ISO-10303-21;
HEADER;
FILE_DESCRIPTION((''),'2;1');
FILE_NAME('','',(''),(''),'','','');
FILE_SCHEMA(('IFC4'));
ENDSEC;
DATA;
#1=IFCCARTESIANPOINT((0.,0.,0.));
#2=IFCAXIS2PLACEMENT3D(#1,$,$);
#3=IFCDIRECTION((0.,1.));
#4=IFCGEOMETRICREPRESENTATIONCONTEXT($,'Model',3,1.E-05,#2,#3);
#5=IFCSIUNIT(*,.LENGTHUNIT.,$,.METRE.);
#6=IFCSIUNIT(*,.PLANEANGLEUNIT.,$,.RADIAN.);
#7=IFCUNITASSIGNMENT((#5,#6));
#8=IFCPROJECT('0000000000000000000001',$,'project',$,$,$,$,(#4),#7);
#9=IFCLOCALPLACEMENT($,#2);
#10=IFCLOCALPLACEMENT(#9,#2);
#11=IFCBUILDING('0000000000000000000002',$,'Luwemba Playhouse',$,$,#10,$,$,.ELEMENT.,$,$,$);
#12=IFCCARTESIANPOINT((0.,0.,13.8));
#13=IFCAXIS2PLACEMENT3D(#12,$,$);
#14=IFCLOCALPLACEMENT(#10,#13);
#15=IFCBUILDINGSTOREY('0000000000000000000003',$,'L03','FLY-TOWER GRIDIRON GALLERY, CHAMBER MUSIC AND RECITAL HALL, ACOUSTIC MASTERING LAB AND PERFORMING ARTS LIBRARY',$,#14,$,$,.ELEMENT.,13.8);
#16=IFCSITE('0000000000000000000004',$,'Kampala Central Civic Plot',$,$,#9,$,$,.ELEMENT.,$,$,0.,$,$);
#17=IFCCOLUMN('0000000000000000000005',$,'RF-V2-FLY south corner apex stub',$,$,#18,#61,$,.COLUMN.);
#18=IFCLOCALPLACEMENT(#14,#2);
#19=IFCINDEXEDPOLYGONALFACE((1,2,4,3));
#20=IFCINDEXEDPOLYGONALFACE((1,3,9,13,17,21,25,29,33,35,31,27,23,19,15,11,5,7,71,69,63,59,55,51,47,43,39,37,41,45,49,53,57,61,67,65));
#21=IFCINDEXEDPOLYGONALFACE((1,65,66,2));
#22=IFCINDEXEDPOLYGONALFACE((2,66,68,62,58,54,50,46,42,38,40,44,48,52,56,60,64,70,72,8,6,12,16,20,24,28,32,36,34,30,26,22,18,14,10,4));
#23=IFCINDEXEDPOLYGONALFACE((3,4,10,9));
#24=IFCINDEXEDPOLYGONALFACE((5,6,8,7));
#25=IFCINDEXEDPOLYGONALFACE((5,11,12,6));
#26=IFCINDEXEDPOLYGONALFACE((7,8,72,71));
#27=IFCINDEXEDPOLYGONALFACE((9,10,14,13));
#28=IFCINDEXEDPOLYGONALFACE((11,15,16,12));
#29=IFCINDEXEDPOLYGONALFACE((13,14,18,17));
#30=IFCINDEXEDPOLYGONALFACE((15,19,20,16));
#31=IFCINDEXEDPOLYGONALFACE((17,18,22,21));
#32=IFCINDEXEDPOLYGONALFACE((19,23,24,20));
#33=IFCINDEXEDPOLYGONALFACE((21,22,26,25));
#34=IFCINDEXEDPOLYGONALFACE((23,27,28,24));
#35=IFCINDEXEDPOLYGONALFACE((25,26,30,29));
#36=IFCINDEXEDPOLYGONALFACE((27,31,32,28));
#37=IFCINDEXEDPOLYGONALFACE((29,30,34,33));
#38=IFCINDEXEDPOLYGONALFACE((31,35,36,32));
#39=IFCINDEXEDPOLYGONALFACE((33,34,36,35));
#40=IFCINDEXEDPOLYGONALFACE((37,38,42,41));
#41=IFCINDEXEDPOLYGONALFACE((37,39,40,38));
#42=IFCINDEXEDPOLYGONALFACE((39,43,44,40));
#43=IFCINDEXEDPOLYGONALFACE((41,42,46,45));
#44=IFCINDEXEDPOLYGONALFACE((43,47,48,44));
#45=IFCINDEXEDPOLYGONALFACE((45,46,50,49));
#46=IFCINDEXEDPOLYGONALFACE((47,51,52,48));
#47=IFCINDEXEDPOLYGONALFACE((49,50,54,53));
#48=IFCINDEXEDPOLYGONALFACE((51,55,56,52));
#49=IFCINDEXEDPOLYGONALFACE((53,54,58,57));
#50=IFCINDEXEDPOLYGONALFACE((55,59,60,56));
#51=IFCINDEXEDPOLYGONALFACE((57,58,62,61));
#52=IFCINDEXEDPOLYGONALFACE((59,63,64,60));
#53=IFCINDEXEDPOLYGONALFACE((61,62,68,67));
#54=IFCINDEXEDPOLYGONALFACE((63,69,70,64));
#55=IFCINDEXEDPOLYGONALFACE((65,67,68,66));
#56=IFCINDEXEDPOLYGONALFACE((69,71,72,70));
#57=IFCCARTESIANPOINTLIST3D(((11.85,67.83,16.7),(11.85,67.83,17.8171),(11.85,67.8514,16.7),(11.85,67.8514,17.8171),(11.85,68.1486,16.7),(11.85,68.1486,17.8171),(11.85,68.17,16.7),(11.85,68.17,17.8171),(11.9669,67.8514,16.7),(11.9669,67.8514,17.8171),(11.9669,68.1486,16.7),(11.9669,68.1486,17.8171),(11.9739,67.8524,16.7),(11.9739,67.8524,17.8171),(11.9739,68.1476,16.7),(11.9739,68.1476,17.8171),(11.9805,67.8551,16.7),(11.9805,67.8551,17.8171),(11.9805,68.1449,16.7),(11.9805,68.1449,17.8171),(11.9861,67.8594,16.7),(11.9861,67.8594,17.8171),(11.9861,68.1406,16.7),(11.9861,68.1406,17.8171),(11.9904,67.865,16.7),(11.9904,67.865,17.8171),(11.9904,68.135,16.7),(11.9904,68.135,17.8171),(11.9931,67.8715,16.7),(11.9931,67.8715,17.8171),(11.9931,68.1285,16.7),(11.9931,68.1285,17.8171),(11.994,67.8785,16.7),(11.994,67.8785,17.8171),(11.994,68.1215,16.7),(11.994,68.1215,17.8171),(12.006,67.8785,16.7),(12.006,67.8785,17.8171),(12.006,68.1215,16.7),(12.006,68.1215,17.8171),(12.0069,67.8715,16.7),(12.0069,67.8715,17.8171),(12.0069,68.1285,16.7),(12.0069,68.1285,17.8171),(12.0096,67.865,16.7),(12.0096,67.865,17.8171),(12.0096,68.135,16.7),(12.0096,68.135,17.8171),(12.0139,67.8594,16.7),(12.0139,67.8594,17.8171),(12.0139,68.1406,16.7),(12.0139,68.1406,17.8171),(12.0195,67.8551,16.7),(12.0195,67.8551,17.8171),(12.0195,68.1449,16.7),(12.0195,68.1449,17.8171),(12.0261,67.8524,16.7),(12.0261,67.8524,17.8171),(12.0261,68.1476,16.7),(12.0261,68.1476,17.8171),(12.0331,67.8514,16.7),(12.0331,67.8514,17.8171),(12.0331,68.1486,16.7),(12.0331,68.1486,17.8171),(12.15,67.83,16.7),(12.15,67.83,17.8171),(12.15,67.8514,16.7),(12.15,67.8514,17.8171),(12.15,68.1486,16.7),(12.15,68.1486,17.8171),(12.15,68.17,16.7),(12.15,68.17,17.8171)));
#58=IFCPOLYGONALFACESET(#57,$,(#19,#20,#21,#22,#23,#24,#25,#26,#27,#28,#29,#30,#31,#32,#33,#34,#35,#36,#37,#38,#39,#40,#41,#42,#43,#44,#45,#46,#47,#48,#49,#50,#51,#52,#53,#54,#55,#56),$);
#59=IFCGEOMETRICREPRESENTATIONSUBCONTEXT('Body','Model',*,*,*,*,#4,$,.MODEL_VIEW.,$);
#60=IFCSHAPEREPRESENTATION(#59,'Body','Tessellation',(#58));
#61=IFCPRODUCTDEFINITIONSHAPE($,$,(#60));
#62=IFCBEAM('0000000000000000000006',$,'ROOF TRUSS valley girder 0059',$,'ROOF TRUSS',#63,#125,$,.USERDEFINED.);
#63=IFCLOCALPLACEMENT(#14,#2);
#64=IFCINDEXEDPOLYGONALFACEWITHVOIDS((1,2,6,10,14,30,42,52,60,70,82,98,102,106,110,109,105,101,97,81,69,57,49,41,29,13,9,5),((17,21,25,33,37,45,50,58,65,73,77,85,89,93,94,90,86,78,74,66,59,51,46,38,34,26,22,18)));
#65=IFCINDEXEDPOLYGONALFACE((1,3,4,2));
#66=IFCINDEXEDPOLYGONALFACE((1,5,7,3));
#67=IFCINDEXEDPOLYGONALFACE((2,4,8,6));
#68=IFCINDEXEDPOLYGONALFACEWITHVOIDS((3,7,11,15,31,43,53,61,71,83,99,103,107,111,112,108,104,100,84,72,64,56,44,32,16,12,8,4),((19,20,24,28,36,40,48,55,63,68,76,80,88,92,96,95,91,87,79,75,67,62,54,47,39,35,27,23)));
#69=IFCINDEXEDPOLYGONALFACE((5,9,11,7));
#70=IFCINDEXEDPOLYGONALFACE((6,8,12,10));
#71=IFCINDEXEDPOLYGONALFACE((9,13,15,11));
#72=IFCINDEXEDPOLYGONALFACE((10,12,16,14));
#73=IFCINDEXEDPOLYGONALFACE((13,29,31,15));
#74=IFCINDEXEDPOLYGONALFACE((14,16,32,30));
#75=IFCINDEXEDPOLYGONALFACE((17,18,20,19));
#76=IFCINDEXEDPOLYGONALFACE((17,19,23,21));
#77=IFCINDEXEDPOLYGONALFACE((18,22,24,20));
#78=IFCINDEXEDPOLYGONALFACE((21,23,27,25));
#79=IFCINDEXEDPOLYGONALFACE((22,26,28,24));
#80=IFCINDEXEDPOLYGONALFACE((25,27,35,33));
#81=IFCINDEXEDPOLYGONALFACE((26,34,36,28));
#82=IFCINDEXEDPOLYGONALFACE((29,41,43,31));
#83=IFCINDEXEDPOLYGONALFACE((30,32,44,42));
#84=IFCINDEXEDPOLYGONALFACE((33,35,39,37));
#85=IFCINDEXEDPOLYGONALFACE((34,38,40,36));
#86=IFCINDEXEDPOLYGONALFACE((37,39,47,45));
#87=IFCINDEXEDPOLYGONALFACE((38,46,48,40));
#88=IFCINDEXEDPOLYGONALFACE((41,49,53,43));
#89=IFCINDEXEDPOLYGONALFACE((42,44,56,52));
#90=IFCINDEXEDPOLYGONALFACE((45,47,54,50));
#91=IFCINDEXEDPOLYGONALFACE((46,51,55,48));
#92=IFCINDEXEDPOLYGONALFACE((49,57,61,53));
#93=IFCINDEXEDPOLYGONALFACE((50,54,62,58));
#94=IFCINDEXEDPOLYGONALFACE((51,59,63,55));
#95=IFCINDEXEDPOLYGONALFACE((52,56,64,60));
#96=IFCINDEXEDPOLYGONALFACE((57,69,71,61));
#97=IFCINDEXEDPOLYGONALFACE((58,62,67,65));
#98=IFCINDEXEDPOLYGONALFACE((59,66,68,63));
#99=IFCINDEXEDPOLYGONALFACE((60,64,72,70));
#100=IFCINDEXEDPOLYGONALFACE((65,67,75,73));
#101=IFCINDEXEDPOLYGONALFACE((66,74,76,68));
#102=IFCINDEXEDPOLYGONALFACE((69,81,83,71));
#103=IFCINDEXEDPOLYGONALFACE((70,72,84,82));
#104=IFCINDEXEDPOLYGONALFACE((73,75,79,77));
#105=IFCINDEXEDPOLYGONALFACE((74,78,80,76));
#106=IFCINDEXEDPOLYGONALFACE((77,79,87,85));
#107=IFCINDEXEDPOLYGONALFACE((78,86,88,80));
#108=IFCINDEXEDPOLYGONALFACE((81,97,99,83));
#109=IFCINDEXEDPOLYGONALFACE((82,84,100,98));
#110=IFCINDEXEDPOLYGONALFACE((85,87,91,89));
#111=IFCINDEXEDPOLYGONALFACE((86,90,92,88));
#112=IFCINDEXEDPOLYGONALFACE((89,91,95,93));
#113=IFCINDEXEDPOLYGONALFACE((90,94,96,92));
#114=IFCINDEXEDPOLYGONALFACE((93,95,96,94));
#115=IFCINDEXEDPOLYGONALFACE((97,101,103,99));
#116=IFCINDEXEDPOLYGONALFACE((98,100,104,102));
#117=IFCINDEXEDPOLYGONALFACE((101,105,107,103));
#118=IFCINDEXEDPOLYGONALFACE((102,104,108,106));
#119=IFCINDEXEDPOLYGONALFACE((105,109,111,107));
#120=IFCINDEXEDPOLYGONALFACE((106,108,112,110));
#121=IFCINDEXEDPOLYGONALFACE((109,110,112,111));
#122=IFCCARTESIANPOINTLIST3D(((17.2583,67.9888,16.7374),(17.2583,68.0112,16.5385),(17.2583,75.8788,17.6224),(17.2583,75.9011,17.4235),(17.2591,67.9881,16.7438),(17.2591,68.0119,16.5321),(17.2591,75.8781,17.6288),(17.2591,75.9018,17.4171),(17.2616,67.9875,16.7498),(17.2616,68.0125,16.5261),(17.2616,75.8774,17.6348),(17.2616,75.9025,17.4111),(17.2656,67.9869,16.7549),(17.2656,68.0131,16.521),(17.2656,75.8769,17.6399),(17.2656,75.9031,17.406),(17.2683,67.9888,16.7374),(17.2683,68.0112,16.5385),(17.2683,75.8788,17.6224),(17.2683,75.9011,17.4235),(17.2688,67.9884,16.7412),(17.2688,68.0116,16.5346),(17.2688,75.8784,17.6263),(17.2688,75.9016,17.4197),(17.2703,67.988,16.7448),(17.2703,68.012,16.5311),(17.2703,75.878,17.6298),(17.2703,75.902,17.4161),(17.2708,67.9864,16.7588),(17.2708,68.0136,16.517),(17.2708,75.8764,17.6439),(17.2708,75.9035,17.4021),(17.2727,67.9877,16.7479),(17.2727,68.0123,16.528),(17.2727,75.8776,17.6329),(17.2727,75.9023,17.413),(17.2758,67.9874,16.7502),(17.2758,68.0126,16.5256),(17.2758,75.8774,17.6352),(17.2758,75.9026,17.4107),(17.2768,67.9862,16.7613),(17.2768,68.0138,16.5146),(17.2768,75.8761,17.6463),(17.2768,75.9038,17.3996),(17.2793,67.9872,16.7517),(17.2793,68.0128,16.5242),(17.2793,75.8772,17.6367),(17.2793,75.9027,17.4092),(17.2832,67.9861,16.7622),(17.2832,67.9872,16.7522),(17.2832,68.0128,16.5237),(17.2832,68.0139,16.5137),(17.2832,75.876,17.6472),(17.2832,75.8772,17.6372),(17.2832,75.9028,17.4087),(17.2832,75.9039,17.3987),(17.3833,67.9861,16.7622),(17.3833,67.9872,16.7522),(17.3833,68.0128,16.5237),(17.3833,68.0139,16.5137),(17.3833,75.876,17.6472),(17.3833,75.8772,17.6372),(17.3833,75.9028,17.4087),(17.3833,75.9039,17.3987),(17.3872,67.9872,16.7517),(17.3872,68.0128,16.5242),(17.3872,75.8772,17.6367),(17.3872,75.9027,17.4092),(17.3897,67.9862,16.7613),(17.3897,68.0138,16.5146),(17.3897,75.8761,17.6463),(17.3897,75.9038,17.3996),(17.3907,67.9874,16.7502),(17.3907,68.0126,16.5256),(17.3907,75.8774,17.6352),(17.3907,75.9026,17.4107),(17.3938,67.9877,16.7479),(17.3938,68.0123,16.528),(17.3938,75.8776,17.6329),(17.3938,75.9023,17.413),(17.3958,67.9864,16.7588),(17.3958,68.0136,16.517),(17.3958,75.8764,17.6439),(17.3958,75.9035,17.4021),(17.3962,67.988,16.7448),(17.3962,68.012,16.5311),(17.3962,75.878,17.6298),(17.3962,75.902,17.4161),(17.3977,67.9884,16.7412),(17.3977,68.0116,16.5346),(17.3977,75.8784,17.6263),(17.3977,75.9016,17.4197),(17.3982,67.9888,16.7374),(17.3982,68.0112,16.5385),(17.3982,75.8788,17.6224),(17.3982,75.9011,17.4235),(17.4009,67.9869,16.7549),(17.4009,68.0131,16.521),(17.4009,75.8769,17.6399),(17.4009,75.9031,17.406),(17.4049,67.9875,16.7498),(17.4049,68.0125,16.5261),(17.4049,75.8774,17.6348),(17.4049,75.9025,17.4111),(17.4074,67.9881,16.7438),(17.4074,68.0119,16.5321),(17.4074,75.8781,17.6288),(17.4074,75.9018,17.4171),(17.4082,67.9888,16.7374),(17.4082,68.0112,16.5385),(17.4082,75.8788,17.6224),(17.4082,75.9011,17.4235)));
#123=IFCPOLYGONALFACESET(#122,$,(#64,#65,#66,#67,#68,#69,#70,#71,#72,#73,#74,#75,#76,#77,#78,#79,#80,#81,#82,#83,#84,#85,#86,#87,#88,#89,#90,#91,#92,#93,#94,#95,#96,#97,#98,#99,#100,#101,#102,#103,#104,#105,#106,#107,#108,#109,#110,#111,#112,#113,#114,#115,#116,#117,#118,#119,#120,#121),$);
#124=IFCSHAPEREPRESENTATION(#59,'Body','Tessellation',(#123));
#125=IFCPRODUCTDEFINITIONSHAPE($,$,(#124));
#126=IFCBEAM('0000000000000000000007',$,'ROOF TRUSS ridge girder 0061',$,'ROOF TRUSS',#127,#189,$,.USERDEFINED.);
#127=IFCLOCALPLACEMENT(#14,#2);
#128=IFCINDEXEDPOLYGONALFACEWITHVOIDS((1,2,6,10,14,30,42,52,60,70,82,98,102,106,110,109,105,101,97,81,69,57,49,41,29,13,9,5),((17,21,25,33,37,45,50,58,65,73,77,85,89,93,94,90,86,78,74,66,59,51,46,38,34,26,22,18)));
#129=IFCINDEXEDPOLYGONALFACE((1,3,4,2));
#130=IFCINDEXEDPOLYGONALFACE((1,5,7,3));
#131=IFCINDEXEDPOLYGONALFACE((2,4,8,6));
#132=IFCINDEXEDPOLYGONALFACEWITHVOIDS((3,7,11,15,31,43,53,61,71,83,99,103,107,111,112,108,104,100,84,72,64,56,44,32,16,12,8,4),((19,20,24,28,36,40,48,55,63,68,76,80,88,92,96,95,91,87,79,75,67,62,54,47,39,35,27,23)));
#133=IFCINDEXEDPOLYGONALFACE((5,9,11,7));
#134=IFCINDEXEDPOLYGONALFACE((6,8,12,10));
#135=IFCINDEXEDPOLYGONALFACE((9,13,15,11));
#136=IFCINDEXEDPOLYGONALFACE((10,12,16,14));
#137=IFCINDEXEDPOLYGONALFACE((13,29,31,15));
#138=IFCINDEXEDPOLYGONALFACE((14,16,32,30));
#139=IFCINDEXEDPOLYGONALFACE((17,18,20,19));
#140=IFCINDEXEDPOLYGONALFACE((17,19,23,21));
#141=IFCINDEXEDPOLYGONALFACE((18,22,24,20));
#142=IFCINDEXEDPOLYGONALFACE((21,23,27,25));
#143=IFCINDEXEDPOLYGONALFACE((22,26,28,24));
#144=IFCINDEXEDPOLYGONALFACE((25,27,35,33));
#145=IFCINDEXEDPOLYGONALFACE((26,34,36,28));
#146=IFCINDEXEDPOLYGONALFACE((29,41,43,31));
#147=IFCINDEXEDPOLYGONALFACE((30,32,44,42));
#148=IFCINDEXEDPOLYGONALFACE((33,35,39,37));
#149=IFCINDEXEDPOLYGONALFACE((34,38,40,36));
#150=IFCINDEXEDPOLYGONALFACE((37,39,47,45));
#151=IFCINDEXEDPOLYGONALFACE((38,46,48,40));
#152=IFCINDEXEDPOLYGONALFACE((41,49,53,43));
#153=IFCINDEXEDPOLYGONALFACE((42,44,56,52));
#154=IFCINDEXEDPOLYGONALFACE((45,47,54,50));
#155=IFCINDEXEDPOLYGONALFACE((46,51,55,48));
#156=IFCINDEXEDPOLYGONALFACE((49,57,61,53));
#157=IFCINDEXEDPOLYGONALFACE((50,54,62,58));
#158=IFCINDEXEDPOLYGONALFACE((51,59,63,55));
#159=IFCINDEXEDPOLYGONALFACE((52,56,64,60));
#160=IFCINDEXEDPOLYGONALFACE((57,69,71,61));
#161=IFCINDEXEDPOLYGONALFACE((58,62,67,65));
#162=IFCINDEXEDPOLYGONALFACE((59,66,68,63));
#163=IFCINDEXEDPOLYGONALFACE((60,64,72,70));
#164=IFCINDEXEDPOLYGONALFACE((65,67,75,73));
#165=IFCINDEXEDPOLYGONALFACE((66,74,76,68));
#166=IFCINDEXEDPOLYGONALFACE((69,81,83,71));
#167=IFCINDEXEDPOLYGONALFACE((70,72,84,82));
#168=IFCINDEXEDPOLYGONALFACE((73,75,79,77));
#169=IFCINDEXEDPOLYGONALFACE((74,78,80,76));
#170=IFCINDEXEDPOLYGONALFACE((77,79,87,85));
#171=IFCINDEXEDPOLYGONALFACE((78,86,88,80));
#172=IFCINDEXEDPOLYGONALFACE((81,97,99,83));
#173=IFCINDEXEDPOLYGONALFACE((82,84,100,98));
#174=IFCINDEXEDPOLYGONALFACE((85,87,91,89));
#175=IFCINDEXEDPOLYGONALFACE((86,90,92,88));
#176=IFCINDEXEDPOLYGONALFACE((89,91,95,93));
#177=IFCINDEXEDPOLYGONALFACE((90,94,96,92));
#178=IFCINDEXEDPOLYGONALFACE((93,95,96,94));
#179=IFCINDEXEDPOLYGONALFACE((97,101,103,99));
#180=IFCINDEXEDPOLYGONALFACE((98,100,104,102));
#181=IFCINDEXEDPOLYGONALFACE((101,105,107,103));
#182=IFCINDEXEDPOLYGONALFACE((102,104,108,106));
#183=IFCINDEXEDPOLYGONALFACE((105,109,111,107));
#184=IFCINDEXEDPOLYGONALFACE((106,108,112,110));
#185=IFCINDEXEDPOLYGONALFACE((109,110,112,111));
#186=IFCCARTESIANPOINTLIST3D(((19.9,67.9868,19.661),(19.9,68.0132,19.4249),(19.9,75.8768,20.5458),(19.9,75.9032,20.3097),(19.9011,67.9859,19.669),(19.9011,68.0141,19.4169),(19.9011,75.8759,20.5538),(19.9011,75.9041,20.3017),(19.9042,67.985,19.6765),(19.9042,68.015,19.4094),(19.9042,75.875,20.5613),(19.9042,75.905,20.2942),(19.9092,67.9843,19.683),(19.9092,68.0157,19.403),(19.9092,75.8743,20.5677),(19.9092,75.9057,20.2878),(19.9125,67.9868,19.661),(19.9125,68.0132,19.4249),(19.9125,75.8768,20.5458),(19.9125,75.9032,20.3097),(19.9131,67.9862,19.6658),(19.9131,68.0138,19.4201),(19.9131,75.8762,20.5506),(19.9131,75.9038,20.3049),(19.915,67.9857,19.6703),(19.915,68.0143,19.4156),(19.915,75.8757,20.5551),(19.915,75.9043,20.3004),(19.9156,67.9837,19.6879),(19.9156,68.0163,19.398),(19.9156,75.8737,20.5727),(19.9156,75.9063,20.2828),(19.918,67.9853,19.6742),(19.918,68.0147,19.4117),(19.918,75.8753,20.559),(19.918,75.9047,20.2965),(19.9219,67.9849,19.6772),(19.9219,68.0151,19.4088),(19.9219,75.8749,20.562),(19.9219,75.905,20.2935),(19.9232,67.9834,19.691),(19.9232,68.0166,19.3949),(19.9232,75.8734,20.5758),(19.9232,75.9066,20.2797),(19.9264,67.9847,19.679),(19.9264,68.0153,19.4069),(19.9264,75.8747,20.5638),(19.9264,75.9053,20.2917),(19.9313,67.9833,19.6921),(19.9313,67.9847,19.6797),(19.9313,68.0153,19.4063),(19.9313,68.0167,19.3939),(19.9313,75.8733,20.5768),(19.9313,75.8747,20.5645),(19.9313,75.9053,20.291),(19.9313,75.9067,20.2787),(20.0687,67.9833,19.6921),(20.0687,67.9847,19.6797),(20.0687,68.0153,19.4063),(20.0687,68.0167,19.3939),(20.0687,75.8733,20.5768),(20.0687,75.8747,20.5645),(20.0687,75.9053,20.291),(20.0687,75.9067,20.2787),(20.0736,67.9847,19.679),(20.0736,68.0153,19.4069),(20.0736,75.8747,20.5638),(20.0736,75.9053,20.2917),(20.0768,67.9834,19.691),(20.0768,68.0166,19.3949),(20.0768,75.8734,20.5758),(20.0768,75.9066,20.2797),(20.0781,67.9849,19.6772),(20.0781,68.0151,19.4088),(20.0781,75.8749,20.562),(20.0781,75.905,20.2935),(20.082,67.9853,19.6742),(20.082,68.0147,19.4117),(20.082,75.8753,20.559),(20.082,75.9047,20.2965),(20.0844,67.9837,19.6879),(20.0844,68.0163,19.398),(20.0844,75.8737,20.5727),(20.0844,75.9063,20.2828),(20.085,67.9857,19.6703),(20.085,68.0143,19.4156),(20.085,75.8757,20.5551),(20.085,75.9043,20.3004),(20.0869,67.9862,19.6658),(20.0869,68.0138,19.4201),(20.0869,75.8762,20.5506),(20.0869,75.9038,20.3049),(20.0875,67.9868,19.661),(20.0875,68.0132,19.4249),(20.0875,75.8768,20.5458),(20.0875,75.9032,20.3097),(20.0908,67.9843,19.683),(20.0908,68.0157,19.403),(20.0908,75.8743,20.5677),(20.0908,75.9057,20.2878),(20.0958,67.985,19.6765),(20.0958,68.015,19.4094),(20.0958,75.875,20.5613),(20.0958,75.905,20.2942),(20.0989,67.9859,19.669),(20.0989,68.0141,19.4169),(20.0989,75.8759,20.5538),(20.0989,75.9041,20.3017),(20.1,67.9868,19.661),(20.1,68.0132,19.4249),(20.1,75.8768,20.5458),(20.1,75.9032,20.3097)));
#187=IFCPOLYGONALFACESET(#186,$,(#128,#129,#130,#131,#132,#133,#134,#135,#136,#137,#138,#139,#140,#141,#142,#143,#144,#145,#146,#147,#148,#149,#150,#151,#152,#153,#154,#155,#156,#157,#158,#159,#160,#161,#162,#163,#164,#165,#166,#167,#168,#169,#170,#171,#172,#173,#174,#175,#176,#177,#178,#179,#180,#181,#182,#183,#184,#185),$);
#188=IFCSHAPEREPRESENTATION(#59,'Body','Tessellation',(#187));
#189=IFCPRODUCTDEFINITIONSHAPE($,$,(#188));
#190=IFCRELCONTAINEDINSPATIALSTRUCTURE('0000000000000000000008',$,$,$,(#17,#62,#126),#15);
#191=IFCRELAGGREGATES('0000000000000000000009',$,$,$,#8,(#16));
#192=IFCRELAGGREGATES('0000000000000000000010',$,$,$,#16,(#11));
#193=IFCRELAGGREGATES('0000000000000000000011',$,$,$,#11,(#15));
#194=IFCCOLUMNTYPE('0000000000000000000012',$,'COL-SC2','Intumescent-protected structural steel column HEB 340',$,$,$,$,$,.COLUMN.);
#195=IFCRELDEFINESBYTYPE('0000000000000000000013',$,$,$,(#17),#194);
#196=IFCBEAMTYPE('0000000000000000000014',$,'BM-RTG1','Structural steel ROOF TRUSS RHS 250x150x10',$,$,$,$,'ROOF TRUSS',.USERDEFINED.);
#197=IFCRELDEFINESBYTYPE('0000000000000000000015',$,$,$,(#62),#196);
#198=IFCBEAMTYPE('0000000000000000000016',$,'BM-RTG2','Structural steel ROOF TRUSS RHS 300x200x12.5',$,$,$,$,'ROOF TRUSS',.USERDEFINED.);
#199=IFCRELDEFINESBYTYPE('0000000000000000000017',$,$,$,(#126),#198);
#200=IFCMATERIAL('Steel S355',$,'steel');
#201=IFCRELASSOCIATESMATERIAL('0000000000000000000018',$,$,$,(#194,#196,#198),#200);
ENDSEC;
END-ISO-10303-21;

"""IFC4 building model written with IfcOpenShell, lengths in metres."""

from ifc_helpers import new_model, si_unit, direction, frame, origin, origin_2d, place, context, subcontext, project, spatial, hollow_rectangle, i_section, extrude, material, material_profile, profile_set, type_object, element, save


model = new_model("IFC4")

# Units and contexts
model_context = context("Model", 3, precision=1e-05, world=origin(), true_north=direction((0.0, 1.0)))
body_context = subcontext(model_context, "Body", "Model", "MODEL_VIEW")
ifc_project = project(units=[si_unit("LENGTHUNIT", "METRE"), si_unit("PLANEANGLEUNIT", "RADIAN")], contexts=[model_context])

# Site, building, storey
site_placement = place(None, origin())
site = spatial("IfcSite", under=ifc_project, at=site_placement, Name="Kampala Central Civic Plot", CompositionType="ELEMENT", RefElevation=0.0)
building_placement = place(site_placement, origin())
building = spatial("IfcBuilding", under=site, at=building_placement, Name="Luwemba Playhouse", CompositionType="ELEMENT")
storey_placement = place(building_placement, frame((0.0, 0.0, 13.8)))
storey = spatial("IfcBuildingStorey", under=building, at=storey_placement, Name="L03", Description="FLY-TOWER GRIDIRON GALLERY, CHAMBER MUSIC AND RECITAL HALL, ACOUSTIC MASTERING LAB AND PERFORMING ARTS LIBRARY", CompositionType="ELEMENT", Elevation=13.8)

# Column
ifc_material_1 = material(Name="Steel S355", Category="steel")
ifc_material_profile_1 = material_profile(ifc_material_1, i_section(OverallWidth=0.3, OverallDepth=0.3401, WebThickness=0.012, FlangeThickness=0.0215, FilletRadius=0.0271, at=origin_2d()))
ifc_profile_set_1 = profile_set([ifc_material_profile_1], Name="Steel S355")
column_type = type_object("IfcColumnType", Name="COL-SC2", Description="Intumescent-protected structural steel column HEB 340", PredefinedType="COLUMN", material=ifc_profile_set_1)
column_placement = place(storey_placement, frame((12.0, 68.0, 16.7), z_axis=(0.0, 0.0, 1.0), x_axis=(1.0, 0.0, 0.0)))
element("IfcColumn", 1, at=column_placement, inside=storey, type_object=column_type, Name="RF-V2-FLY south corner apex stub", PredefinedType="COLUMN", context=body_context, shape_type="SweptSolid", body=[
    extrude(i_section(OverallWidth=0.3, OverallDepth=0.3401, WebThickness=0.012, FlangeThickness=0.0215, FilletRadius=0.0271, at=origin_2d()), origin(), (0.0, 0.0, 1.0), 1.1172),
])

# Beams
ifc_material_profile_2 = material_profile(ifc_material_1, hollow_rectangle(XDim=0.1499, YDim=0.25, WallThickness=0.01, InnerFilletRadius=0.0149, OuterFilletRadius=0.0249, at=origin_2d()))
ifc_profile_set_2 = profile_set([ifc_material_profile_2], Name="Steel S355")
beam_type_1 = type_object("IfcBeamType", Name="BM-RTG1", Description="Structural steel ROOF TRUSS RHS 250x150x10", ElementType="ROOF TRUSS", PredefinedType="USERDEFINED", material=ifc_profile_set_2)
beam_1_placement = place(storey_placement, frame((17.3333, 68.0, 16.6379), z_axis=(0.0, 0.993768, 0.111471), x_axis=(-1.0, 0.0, 0.0)))
element("IfcBeam", 2, at=beam_1_placement, inside=storey, type_object=beam_type_1, Name="ROOF TRUSS valley girder 0059", ObjectType="ROOF TRUSS", PredefinedType="USERDEFINED", context=body_context, shape_type="SweptSolid", body=[
    extrude(hollow_rectangle(XDim=0.1499, YDim=0.25, WallThickness=0.01, InnerFilletRadius=0.0149, OuterFilletRadius=0.0249, at=origin_2d()), origin(), (0.0, 0.0, 1.0), 7.9395),
])
ifc_material_profile_3 = material_profile(ifc_material_1, hollow_rectangle(XDim=0.2, YDim=0.3, WallThickness=0.0125, InnerFilletRadius=0.0188, OuterFilletRadius=0.0312, at=origin_2d()))
ifc_profile_set_3 = profile_set([ifc_material_profile_3], Name="Steel S355")
beam_type_2 = type_object("IfcBeamType", Name="BM-RTG2", Description="Structural steel ROOF TRUSS RHS 300x200x12.5", ElementType="ROOF TRUSS", PredefinedType="USERDEFINED", material=ifc_profile_set_3)
beam_2_placement = place(storey_placement, frame((20.0, 68.0, 19.543), z_axis=(0.0, 0.993771, 0.111441), x_axis=(-1.0, 0.0, 0.0)))
element("IfcBeam", 3, at=beam_2_placement, inside=storey, type_object=beam_type_2, Name="ROOF TRUSS ridge girder 0061", ObjectType="ROOF TRUSS", PredefinedType="USERDEFINED", context=body_context, shape_type="SweptSolid", body=[
    extrude(hollow_rectangle(XDim=0.2, YDim=0.3, WallThickness=0.0125, InnerFilletRadius=0.0188, OuterFilletRadius=0.0312, at=origin_2d()), origin(), (0.0, 0.0, 1.0), 7.9395),
])

save(model, "model.ifc")
